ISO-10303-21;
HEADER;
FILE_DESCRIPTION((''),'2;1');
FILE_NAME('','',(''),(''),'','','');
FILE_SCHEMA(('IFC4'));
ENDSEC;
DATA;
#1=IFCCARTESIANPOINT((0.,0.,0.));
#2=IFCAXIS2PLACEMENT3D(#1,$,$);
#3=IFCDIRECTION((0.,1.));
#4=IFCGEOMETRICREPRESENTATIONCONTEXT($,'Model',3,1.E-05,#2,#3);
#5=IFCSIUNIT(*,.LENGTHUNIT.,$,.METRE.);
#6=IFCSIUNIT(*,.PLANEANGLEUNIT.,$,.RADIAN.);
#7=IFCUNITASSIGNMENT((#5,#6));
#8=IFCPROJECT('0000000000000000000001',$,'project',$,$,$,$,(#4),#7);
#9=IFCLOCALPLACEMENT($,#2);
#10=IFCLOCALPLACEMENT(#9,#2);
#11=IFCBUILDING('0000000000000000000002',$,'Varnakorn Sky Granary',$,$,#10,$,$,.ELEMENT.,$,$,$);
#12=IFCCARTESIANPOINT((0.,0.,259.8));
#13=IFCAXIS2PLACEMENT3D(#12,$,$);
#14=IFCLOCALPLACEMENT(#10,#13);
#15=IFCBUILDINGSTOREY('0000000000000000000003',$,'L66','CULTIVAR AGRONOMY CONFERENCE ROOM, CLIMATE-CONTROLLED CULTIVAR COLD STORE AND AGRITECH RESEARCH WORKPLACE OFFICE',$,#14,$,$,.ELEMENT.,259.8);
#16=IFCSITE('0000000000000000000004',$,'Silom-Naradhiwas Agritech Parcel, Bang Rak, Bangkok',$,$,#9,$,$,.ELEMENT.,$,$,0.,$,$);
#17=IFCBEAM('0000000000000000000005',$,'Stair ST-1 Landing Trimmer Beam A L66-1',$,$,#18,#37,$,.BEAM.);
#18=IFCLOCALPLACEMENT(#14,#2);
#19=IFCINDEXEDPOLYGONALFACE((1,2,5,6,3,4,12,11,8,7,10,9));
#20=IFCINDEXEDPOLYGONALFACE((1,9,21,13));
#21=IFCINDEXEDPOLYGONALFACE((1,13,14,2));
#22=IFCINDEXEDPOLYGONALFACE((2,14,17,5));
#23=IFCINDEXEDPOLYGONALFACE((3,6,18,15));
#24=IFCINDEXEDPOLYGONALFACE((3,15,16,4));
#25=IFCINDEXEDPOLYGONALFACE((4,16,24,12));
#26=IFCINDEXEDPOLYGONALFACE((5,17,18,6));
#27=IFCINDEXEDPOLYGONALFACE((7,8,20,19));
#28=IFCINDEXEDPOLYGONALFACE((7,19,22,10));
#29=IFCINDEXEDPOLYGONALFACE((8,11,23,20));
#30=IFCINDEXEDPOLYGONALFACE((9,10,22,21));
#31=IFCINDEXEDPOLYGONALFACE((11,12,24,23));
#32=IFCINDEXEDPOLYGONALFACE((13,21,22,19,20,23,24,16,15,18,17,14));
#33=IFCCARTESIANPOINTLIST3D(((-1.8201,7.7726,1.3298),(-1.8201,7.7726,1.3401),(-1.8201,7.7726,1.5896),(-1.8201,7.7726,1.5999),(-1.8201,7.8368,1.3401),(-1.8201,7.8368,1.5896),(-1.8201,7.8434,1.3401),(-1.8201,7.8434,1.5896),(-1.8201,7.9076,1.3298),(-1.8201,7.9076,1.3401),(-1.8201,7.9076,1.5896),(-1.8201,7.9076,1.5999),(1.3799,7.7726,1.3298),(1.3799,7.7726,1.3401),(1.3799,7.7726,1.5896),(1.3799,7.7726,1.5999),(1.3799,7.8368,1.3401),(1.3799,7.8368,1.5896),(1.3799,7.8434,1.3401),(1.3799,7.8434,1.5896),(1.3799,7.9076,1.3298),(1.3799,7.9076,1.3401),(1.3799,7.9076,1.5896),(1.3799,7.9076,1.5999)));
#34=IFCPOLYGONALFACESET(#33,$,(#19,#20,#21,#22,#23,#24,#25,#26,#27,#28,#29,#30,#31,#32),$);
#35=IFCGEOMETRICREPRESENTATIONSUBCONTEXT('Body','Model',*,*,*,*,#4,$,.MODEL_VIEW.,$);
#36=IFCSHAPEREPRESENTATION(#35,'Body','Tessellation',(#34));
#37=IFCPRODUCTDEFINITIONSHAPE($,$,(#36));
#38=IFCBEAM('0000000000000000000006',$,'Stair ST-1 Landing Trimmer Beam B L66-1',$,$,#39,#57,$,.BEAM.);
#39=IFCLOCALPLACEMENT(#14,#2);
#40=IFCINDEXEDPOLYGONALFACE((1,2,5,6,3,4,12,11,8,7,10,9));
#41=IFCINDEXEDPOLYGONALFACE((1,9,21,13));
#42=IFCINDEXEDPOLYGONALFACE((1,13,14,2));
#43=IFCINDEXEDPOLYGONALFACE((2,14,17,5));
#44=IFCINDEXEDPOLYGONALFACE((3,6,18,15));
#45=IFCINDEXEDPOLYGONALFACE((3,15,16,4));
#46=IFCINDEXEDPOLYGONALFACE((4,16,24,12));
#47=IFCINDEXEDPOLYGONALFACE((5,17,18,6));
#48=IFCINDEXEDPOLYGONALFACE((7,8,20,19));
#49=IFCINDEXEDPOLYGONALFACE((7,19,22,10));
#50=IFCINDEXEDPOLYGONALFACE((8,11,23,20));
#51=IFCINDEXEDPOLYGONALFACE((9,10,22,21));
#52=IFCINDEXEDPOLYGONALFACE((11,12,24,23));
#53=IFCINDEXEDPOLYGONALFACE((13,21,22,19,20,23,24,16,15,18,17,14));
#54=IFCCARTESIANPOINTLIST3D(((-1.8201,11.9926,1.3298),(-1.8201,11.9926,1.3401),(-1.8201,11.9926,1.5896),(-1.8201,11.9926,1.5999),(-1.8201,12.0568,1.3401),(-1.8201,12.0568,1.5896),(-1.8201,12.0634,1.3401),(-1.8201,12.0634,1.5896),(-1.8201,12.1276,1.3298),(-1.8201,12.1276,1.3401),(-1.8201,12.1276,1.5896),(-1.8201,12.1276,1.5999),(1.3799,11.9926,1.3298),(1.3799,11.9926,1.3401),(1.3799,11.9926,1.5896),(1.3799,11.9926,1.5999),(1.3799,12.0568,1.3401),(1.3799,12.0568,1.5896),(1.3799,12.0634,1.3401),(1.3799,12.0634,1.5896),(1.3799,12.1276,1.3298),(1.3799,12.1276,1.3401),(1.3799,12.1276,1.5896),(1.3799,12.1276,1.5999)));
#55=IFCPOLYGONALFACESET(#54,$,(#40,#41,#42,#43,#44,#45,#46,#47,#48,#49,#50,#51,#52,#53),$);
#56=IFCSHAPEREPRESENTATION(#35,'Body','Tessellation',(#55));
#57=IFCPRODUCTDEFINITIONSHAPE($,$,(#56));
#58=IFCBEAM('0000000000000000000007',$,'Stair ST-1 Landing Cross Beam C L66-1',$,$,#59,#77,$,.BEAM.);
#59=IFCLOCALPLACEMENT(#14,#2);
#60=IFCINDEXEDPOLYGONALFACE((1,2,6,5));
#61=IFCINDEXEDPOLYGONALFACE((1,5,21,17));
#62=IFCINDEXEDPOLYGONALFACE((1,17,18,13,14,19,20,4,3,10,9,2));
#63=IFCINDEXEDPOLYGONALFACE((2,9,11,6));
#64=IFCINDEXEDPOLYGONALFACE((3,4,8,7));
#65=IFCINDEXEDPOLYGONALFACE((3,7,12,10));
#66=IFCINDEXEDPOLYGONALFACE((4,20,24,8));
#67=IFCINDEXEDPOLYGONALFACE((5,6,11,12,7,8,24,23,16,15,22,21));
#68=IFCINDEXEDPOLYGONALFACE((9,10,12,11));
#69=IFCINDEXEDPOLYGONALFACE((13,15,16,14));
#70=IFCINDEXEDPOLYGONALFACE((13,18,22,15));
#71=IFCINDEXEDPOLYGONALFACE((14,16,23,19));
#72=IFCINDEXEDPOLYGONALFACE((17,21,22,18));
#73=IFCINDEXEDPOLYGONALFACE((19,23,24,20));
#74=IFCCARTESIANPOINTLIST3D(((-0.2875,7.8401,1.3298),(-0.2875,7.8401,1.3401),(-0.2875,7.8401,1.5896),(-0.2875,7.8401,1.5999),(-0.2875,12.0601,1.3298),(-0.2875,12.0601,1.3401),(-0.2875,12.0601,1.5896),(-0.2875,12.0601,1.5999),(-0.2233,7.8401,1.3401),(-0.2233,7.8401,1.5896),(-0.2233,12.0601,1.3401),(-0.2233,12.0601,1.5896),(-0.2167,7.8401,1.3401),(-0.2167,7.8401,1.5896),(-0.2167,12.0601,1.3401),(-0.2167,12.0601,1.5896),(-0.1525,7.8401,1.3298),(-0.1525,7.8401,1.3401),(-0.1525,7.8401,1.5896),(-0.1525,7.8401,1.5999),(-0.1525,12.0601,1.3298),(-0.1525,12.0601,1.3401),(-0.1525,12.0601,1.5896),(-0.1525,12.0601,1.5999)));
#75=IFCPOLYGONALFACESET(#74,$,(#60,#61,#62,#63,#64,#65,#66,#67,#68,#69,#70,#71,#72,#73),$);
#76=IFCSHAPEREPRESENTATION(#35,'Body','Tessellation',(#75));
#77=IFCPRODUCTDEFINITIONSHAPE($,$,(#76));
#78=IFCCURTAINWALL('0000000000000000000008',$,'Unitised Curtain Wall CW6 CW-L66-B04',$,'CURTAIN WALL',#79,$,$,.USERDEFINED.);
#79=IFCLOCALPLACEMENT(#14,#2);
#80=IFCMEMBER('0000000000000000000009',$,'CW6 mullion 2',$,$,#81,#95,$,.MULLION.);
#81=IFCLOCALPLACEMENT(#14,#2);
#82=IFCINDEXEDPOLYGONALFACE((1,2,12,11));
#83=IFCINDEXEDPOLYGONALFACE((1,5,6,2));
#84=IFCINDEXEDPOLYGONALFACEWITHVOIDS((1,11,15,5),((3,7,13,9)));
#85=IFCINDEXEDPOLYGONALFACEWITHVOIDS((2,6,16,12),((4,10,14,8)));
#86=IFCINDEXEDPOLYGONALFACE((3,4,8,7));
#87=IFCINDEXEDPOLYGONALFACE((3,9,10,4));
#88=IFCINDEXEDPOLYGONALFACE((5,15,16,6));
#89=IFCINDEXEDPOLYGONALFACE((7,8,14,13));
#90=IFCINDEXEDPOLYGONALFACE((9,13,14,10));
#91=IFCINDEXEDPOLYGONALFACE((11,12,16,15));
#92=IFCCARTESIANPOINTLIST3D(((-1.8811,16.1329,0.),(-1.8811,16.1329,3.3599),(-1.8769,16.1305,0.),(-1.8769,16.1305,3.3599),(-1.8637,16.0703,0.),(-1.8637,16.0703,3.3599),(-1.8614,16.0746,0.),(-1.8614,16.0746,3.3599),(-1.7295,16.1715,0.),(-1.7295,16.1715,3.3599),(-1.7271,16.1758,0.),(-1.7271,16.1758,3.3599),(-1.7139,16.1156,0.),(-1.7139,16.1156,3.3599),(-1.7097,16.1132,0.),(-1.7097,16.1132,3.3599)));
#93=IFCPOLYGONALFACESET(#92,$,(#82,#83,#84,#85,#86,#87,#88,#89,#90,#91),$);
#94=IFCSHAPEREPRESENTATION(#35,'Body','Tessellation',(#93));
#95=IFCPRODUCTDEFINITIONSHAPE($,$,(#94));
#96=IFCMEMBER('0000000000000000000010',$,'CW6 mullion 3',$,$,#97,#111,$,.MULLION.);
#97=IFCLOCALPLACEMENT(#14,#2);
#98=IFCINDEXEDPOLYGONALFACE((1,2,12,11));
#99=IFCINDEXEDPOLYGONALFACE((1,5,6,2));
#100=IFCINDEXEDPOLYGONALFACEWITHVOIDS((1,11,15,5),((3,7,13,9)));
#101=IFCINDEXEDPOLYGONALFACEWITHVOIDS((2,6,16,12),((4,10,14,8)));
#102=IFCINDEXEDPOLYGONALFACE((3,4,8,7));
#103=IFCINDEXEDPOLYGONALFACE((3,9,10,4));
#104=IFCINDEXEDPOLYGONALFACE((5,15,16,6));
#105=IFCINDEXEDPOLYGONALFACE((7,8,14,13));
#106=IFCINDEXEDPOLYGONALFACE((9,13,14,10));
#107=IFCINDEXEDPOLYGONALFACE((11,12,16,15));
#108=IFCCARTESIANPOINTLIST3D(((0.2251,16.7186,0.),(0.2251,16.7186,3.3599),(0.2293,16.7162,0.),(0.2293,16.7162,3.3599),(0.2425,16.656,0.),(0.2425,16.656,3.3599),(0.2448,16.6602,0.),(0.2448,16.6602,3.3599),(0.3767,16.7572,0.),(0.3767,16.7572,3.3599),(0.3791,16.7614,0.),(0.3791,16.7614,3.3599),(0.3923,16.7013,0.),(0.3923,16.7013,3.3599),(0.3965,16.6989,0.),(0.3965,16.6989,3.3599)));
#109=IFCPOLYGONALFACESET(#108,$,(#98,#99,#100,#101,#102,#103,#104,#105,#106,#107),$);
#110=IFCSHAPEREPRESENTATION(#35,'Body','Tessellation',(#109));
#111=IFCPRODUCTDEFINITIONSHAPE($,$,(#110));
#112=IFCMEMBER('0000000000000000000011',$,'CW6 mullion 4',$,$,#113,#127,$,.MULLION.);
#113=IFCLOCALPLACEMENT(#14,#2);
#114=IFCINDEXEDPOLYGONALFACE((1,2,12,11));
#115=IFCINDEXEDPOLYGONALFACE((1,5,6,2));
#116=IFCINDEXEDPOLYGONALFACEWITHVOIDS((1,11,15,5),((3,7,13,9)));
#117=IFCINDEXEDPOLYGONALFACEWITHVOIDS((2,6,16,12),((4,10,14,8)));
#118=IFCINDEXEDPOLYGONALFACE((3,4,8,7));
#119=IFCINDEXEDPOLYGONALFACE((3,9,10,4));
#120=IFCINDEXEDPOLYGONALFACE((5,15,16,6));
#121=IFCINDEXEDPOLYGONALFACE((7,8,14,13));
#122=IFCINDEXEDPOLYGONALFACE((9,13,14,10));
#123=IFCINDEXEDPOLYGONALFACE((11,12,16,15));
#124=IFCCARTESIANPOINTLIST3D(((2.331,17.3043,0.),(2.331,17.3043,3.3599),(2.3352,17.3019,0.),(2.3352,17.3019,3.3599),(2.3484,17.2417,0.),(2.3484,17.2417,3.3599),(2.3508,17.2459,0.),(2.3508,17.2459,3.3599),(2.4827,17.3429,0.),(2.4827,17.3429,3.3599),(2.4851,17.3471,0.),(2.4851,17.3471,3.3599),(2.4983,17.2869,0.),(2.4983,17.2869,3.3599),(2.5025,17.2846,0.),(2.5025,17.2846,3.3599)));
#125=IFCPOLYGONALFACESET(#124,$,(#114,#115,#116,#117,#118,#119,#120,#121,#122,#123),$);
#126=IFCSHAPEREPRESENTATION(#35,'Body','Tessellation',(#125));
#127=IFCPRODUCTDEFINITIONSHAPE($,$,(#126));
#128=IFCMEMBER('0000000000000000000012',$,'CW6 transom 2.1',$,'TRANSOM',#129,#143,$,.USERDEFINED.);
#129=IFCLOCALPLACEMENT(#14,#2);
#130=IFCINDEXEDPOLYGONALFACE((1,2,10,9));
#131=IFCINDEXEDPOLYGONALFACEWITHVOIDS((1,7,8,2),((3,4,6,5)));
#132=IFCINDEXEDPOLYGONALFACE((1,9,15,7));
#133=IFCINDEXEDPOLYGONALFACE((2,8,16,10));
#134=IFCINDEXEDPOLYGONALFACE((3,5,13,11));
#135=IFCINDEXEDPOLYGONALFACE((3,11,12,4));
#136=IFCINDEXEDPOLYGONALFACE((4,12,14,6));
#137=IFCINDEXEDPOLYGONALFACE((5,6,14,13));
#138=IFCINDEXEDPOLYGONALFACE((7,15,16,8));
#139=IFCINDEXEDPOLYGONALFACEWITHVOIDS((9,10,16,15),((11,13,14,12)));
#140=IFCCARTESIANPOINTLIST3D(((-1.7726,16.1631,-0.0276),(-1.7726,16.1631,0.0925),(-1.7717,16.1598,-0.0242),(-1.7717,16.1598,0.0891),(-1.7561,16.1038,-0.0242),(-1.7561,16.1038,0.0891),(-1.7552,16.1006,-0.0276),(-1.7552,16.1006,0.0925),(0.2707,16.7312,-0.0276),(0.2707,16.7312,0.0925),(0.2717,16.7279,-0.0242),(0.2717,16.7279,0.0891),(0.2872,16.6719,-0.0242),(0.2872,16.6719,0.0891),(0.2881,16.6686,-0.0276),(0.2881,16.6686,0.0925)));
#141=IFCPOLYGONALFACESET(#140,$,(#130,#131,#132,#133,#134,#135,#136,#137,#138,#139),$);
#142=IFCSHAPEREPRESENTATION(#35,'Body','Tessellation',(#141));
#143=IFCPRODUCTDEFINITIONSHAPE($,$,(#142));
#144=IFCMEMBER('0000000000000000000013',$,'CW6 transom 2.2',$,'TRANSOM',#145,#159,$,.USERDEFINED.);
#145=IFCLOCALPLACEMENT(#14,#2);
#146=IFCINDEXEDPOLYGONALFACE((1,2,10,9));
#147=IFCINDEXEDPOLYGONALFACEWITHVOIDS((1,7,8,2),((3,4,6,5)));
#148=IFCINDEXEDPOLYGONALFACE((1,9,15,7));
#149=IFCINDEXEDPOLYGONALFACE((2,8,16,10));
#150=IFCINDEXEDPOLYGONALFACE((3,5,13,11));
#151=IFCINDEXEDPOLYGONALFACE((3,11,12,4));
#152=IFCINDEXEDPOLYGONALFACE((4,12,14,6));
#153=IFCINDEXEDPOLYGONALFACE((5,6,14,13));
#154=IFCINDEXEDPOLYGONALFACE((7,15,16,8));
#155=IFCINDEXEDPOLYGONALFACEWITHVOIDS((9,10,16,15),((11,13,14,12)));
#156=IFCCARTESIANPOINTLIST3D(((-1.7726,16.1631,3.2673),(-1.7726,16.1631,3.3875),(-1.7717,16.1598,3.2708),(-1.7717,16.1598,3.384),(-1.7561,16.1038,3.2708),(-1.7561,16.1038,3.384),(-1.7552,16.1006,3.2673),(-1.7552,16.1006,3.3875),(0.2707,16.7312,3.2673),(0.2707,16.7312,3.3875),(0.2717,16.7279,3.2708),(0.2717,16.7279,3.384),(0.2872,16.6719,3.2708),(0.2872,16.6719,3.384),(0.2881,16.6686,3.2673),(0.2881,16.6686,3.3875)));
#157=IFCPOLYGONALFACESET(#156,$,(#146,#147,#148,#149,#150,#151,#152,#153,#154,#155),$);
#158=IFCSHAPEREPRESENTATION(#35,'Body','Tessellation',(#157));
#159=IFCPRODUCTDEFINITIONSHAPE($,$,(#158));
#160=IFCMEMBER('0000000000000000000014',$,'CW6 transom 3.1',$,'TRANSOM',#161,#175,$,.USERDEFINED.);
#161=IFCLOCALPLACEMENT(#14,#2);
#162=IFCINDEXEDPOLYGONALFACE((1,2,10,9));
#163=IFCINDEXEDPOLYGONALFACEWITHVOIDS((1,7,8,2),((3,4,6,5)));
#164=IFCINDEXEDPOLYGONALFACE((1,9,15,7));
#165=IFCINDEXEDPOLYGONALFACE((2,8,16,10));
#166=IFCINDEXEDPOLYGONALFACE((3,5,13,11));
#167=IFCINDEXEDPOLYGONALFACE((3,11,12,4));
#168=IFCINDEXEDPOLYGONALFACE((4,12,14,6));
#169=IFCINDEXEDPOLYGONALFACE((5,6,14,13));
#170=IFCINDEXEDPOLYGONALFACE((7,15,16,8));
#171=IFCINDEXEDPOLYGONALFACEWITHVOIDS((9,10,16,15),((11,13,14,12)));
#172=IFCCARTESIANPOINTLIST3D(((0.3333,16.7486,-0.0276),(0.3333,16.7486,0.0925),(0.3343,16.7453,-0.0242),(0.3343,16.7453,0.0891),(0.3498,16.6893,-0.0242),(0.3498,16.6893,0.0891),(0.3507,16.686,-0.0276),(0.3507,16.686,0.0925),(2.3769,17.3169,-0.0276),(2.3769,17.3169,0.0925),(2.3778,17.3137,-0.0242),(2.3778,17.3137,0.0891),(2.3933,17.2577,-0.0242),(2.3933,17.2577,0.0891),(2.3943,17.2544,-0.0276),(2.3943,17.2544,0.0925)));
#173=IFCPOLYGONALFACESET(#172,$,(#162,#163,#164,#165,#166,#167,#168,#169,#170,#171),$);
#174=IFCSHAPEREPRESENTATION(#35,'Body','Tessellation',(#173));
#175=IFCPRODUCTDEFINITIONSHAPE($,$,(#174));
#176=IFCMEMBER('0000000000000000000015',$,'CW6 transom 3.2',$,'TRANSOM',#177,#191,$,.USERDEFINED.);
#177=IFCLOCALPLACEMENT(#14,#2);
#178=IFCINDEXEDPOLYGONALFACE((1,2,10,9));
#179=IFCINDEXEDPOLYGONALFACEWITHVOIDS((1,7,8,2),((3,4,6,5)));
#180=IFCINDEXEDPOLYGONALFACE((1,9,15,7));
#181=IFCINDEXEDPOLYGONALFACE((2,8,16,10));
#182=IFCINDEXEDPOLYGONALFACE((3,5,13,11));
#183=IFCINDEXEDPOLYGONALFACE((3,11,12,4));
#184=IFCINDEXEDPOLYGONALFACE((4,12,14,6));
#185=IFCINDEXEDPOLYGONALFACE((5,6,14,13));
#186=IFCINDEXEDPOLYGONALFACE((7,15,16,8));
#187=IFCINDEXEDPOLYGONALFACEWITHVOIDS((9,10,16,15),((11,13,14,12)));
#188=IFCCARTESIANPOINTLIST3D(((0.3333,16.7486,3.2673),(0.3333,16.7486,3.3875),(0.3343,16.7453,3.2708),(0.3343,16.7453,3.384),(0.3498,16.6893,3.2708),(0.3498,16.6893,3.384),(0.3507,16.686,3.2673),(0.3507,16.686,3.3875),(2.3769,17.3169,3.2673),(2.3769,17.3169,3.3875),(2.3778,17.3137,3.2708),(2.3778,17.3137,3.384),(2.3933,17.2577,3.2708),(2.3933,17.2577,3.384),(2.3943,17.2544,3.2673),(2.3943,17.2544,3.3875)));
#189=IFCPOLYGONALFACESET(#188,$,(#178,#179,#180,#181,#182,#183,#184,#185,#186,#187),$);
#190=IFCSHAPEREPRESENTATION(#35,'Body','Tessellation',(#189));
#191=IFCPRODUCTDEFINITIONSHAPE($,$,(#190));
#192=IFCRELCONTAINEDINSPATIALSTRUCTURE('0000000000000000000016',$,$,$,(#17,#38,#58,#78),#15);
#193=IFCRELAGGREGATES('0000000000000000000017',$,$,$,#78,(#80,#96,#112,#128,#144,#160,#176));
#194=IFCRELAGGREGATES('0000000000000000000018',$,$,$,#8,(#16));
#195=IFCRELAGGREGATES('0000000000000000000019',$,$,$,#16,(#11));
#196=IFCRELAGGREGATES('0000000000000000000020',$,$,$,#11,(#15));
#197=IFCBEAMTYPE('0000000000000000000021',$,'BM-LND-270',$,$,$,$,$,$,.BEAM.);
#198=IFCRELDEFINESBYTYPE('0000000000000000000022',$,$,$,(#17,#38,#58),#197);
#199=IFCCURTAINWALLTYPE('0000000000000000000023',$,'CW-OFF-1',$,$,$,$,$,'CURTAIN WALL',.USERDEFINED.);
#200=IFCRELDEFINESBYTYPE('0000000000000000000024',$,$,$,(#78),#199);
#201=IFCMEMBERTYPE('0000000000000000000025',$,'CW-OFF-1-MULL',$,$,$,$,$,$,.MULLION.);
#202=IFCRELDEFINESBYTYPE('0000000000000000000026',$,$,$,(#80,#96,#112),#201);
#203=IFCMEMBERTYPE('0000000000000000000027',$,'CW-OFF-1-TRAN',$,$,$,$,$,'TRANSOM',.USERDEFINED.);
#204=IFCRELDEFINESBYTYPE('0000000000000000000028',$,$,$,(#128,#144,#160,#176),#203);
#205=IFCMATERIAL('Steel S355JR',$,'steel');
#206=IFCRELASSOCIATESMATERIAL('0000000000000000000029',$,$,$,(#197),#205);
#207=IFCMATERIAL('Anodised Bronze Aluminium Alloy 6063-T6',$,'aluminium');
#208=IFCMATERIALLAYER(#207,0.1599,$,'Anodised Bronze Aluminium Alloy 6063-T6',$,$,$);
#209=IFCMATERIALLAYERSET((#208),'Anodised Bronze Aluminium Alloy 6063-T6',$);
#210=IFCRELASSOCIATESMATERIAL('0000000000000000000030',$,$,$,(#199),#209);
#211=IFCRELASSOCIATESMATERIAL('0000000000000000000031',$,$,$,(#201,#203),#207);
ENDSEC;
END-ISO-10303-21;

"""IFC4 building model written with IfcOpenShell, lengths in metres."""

from ifc_helpers import new_model, si_unit, direction, frame, origin, origin_2d, place, context, subcontext, project, spatial, hollow_rectangle, i_section, extrude, material, layer, layer_set, material_profile, profile_set, type_object, element, aggregate, save


model = new_model("IFC4")

# Units and contexts
model_context = context("Model", 3, precision=1e-05, world=origin(), true_north=direction((0.0, 1.0)))
body_context = subcontext(model_context, "Body", "Model", "MODEL_VIEW")
ifc_project = project(units=[si_unit("LENGTHUNIT", "METRE"), si_unit("PLANEANGLEUNIT", "RADIAN")], contexts=[model_context])

# Site, building, storey
site_placement = place(None, origin())
site = spatial("IfcSite", under=ifc_project, at=site_placement, Name="Silom-Naradhiwas Agritech Parcel, Bang Rak, Bangkok", CompositionType="ELEMENT", RefElevation=0.0)
building_placement = place(site_placement, origin())
building = spatial("IfcBuilding", under=site, at=building_placement, Name="Varnakorn Sky Granary", CompositionType="ELEMENT")
storey_placement = place(building_placement, frame((0.0, 0.0, 259.8)))
storey = spatial("IfcBuildingStorey", under=building, at=storey_placement, Name="L66", Description="CULTIVAR AGRONOMY CONFERENCE ROOM, CLIMATE-CONTROLLED CULTIVAR COLD STORE AND AGRITECH RESEARCH WORKPLACE OFFICE", CompositionType="ELEMENT", Elevation=259.8)

# Beams
ifc_material_1 = material(Name="Steel S355JR", Category="steel")
ifc_material_profile_1 = material_profile(ifc_material_1, i_section(OverallWidth=0.135, OverallDepth=0.27, WebThickness=0.0066, FlangeThickness=0.0103, at=origin_2d()), Name="IPE 270")
ifc_profile_set_1 = profile_set([ifc_material_profile_1], Name="Steel S355JR")
beam_type = type_object("IfcBeamType", Name="BM-LND-270", PredefinedType="BEAM", material=ifc_profile_set_1)
for number, where, z_axis, x_axis, name in (
    (1, (-1.8201, 7.8401, 1.4648), (1.0, 0.0, 0.0), (0.0, 1.0, 0.0), "Stair ST-1 Landing Trimmer Beam A L66-1"),
    (2, (-1.8201, 12.0601, 1.4648), (1.0, 0.0, 0.0), (0.0, 1.0, 0.0), "Stair ST-1 Landing Trimmer Beam B L66-1"),
):
    element("IfcBeam", number, at=place(storey_placement, frame(where, z_axis=z_axis, x_axis=x_axis)), inside=storey, type_object=beam_type, Name=name, PredefinedType="BEAM", context=body_context, shape_type="SweptSolid", body=[
        extrude(i_section(OverallWidth=0.135, OverallDepth=0.27, WebThickness=0.0066, FlangeThickness=0.0103, at=origin_2d()), origin(), (0.0, 0.0, 1.0), 3.2),
    ])
beam_placement = place(storey_placement, frame((-0.22, 7.8401, 1.4648), z_axis=(0.0, 1.0, 0.0), x_axis=(-1.0, 0.0, 0.0)))
element("IfcBeam", 3, at=beam_placement, inside=storey, type_object=beam_type, Name="Stair ST-1 Landing Cross Beam C L66-1", PredefinedType="BEAM", context=body_context, shape_type="SweptSolid", body=[
    extrude(i_section(OverallWidth=0.135, OverallDepth=0.27, WebThickness=0.0066, FlangeThickness=0.0103, at=origin_2d()), origin(), (0.0, 0.0, 1.0), 4.22),
])

# Curtain wall, members
ifc_material_2 = material(Name="Anodised Bronze Aluminium Alloy 6063-T6", Category="aluminium")
ifc_layer_1 = layer(ifc_material_2, 0.1599, Name="Anodised Bronze Aluminium Alloy 6063-T6")
ifc_layer_set_1 = layer_set([ifc_layer_1], Name="Anodised Bronze Aluminium Alloy 6063-T6")
curtain_wall_type = type_object("IfcCurtainWallType", Name="CW-OFF-1", ElementType="CURTAIN WALL", PredefinedType="USERDEFINED", material=ifc_layer_set_1)
curtain_wall_placement = place(storey_placement, origin())
curtain_wall = element("IfcCurtainWall", 4, at=curtain_wall_placement, inside=storey, type_object=curtain_wall_type, Name="Unitised Curtain Wall CW6 CW-L66-B04", ObjectType="CURTAIN WALL", PredefinedType="USERDEFINED")
ifc_material_profile_2 = material_profile(ifc_material_2, hollow_rectangle(XDim=0.0649, YDim=0.1599, WallThickness=0.0034, at=origin_2d()), Name="ALU MULL 65x160")
ifc_profile_set_2 = profile_set([ifc_material_profile_2], Name="Anodised Bronze Aluminium Alloy 6063-T6")
member_type_1 = type_object("IfcMemberType", Name="CW-OFF-1-MULL", PredefinedType="MULLION", material=ifc_profile_set_2)
member_1_placement = place(storey_placement, frame((-1.7954, 16.123, 0.0), z_axis=(0.0, 0.0, 1.0), x_axis=(-0.267911, 0.963444, 0.0)))
member_1 = element("IfcMember", 5, at=member_1_placement, type_object=member_type_1, Name="CW6 mullion 2", PredefinedType="MULLION", context=body_context, shape_type="SweptSolid", body=[
    extrude(hollow_rectangle(XDim=0.0649, YDim=0.1599, WallThickness=0.0034, at=origin_2d()), origin(), (0.0, 0.0, 1.0), 3.3599),
])
member_2_placement = place(storey_placement, frame((0.3108, 16.7087, 0.0), z_axis=(0.0, 0.0, 1.0), x_axis=(-0.267911, 0.963444, 0.0)))
member_2 = element("IfcMember", 6, at=member_2_placement, type_object=member_type_1, Name="CW6 mullion 3", PredefinedType="MULLION", context=body_context, shape_type="SweptSolid", body=[
    extrude(hollow_rectangle(XDim=0.0649, YDim=0.1599, WallThickness=0.0034, at=origin_2d()), origin(), (0.0, 0.0, 1.0), 3.3599),
])
member_3_placement = place(storey_placement, frame((2.4167, 17.2944, 0.0), z_axis=(0.0, 0.0, 1.0), x_axis=(-0.267911, 0.963444, 0.0)))
member_3 = element("IfcMember", 7, at=member_3_placement, type_object=member_type_1, Name="CW6 mullion 4", PredefinedType="MULLION", context=body_context, shape_type="SweptSolid", body=[
    extrude(hollow_rectangle(XDim=0.0649, YDim=0.1599, WallThickness=0.0034, at=origin_2d()), origin(), (0.0, 0.0, 1.0), 3.3599),
])
ifc_material_profile_3 = material_profile(ifc_material_2, hollow_rectangle(XDim=0.0649, YDim=0.1201, WallThickness=0.0034, at=origin_2d()), Name="ALU TRAN 65x120")
ifc_profile_set_3 = profile_set([ifc_material_profile_3], Name="Anodised Bronze Aluminium Alloy 6063-T6")
member_type_2 = type_object("IfcMemberType", Name="CW-OFF-1-TRAN", ElementType="TRANSOM", PredefinedType="USERDEFINED", material=ifc_profile_set_3)
member_4_placement = place(storey_placement, frame((-1.7639, 16.1318, 0.0325), z_axis=(0.963459, 0.267858, 0.0), x_axis=(-0.267858, 0.963459, 0.0)))
member_4 = element("IfcMember", 8, at=member_4_placement, type_object=member_type_2, Name="CW6 transom 2.1", ObjectType="TRANSOM", PredefinedType="USERDEFINED", context=body_context, shape_type="SweptSolid", body=[
    extrude(hollow_rectangle(XDim=0.0649, YDim=0.1201, WallThickness=0.0034, at=origin_2d()), origin(), (0.0, 0.0, 1.0), 2.1208),
])
member_5_placement = place(storey_placement, frame((-1.7639, 16.1318, 3.3274), z_axis=(0.963459, 0.267858, 0.0), x_axis=(-0.267858, 0.963459, 0.0)))
member_5 = element("IfcMember", 9, at=member_5_placement, type_object=member_type_2, Name="CW6 transom 2.2", ObjectType="TRANSOM", PredefinedType="USERDEFINED", context=body_context, shape_type="SweptSolid", body=[
    extrude(hollow_rectangle(XDim=0.0649, YDim=0.1201, WallThickness=0.0034, at=origin_2d()), origin(), (0.0, 0.0, 1.0), 2.1208),
])
member_6_placement = place(storey_placement, frame((0.342, 16.7173, 0.0325), z_axis=(0.963429, 0.267964, 0.0), x_axis=(-0.267964, 0.963429, 0.0)))
member_6 = element("IfcMember", 10, at=member_6_placement, type_object=member_type_2, Name="CW6 transom 3.1", ObjectType="TRANSOM", PredefinedType="USERDEFINED", context=body_context, shape_type="SweptSolid", body=[
    extrude(hollow_rectangle(XDim=0.0649, YDim=0.1201, WallThickness=0.0034, at=origin_2d()), origin(), (0.0, 0.0, 1.0), 2.1211),
])
member_7_placement = place(storey_placement, frame((0.342, 16.7173, 3.3274), z_axis=(0.963429, 0.267964, 0.0), x_axis=(-0.267964, 0.963429, 0.0)))
member_7 = element("IfcMember", 11, at=member_7_placement, type_object=member_type_2, Name="CW6 transom 3.2", ObjectType="TRANSOM", PredefinedType="USERDEFINED", context=body_context, shape_type="SweptSolid", body=[
    extrude(hollow_rectangle(XDim=0.0649, YDim=0.1201, WallThickness=0.0034, at=origin_2d()), origin(), (0.0, 0.0, 1.0), 2.1211),
])
aggregate(curtain_wall, [member_1, member_2, member_3, member_4, member_5, member_6, member_7])

save(model, "model.ifc")
